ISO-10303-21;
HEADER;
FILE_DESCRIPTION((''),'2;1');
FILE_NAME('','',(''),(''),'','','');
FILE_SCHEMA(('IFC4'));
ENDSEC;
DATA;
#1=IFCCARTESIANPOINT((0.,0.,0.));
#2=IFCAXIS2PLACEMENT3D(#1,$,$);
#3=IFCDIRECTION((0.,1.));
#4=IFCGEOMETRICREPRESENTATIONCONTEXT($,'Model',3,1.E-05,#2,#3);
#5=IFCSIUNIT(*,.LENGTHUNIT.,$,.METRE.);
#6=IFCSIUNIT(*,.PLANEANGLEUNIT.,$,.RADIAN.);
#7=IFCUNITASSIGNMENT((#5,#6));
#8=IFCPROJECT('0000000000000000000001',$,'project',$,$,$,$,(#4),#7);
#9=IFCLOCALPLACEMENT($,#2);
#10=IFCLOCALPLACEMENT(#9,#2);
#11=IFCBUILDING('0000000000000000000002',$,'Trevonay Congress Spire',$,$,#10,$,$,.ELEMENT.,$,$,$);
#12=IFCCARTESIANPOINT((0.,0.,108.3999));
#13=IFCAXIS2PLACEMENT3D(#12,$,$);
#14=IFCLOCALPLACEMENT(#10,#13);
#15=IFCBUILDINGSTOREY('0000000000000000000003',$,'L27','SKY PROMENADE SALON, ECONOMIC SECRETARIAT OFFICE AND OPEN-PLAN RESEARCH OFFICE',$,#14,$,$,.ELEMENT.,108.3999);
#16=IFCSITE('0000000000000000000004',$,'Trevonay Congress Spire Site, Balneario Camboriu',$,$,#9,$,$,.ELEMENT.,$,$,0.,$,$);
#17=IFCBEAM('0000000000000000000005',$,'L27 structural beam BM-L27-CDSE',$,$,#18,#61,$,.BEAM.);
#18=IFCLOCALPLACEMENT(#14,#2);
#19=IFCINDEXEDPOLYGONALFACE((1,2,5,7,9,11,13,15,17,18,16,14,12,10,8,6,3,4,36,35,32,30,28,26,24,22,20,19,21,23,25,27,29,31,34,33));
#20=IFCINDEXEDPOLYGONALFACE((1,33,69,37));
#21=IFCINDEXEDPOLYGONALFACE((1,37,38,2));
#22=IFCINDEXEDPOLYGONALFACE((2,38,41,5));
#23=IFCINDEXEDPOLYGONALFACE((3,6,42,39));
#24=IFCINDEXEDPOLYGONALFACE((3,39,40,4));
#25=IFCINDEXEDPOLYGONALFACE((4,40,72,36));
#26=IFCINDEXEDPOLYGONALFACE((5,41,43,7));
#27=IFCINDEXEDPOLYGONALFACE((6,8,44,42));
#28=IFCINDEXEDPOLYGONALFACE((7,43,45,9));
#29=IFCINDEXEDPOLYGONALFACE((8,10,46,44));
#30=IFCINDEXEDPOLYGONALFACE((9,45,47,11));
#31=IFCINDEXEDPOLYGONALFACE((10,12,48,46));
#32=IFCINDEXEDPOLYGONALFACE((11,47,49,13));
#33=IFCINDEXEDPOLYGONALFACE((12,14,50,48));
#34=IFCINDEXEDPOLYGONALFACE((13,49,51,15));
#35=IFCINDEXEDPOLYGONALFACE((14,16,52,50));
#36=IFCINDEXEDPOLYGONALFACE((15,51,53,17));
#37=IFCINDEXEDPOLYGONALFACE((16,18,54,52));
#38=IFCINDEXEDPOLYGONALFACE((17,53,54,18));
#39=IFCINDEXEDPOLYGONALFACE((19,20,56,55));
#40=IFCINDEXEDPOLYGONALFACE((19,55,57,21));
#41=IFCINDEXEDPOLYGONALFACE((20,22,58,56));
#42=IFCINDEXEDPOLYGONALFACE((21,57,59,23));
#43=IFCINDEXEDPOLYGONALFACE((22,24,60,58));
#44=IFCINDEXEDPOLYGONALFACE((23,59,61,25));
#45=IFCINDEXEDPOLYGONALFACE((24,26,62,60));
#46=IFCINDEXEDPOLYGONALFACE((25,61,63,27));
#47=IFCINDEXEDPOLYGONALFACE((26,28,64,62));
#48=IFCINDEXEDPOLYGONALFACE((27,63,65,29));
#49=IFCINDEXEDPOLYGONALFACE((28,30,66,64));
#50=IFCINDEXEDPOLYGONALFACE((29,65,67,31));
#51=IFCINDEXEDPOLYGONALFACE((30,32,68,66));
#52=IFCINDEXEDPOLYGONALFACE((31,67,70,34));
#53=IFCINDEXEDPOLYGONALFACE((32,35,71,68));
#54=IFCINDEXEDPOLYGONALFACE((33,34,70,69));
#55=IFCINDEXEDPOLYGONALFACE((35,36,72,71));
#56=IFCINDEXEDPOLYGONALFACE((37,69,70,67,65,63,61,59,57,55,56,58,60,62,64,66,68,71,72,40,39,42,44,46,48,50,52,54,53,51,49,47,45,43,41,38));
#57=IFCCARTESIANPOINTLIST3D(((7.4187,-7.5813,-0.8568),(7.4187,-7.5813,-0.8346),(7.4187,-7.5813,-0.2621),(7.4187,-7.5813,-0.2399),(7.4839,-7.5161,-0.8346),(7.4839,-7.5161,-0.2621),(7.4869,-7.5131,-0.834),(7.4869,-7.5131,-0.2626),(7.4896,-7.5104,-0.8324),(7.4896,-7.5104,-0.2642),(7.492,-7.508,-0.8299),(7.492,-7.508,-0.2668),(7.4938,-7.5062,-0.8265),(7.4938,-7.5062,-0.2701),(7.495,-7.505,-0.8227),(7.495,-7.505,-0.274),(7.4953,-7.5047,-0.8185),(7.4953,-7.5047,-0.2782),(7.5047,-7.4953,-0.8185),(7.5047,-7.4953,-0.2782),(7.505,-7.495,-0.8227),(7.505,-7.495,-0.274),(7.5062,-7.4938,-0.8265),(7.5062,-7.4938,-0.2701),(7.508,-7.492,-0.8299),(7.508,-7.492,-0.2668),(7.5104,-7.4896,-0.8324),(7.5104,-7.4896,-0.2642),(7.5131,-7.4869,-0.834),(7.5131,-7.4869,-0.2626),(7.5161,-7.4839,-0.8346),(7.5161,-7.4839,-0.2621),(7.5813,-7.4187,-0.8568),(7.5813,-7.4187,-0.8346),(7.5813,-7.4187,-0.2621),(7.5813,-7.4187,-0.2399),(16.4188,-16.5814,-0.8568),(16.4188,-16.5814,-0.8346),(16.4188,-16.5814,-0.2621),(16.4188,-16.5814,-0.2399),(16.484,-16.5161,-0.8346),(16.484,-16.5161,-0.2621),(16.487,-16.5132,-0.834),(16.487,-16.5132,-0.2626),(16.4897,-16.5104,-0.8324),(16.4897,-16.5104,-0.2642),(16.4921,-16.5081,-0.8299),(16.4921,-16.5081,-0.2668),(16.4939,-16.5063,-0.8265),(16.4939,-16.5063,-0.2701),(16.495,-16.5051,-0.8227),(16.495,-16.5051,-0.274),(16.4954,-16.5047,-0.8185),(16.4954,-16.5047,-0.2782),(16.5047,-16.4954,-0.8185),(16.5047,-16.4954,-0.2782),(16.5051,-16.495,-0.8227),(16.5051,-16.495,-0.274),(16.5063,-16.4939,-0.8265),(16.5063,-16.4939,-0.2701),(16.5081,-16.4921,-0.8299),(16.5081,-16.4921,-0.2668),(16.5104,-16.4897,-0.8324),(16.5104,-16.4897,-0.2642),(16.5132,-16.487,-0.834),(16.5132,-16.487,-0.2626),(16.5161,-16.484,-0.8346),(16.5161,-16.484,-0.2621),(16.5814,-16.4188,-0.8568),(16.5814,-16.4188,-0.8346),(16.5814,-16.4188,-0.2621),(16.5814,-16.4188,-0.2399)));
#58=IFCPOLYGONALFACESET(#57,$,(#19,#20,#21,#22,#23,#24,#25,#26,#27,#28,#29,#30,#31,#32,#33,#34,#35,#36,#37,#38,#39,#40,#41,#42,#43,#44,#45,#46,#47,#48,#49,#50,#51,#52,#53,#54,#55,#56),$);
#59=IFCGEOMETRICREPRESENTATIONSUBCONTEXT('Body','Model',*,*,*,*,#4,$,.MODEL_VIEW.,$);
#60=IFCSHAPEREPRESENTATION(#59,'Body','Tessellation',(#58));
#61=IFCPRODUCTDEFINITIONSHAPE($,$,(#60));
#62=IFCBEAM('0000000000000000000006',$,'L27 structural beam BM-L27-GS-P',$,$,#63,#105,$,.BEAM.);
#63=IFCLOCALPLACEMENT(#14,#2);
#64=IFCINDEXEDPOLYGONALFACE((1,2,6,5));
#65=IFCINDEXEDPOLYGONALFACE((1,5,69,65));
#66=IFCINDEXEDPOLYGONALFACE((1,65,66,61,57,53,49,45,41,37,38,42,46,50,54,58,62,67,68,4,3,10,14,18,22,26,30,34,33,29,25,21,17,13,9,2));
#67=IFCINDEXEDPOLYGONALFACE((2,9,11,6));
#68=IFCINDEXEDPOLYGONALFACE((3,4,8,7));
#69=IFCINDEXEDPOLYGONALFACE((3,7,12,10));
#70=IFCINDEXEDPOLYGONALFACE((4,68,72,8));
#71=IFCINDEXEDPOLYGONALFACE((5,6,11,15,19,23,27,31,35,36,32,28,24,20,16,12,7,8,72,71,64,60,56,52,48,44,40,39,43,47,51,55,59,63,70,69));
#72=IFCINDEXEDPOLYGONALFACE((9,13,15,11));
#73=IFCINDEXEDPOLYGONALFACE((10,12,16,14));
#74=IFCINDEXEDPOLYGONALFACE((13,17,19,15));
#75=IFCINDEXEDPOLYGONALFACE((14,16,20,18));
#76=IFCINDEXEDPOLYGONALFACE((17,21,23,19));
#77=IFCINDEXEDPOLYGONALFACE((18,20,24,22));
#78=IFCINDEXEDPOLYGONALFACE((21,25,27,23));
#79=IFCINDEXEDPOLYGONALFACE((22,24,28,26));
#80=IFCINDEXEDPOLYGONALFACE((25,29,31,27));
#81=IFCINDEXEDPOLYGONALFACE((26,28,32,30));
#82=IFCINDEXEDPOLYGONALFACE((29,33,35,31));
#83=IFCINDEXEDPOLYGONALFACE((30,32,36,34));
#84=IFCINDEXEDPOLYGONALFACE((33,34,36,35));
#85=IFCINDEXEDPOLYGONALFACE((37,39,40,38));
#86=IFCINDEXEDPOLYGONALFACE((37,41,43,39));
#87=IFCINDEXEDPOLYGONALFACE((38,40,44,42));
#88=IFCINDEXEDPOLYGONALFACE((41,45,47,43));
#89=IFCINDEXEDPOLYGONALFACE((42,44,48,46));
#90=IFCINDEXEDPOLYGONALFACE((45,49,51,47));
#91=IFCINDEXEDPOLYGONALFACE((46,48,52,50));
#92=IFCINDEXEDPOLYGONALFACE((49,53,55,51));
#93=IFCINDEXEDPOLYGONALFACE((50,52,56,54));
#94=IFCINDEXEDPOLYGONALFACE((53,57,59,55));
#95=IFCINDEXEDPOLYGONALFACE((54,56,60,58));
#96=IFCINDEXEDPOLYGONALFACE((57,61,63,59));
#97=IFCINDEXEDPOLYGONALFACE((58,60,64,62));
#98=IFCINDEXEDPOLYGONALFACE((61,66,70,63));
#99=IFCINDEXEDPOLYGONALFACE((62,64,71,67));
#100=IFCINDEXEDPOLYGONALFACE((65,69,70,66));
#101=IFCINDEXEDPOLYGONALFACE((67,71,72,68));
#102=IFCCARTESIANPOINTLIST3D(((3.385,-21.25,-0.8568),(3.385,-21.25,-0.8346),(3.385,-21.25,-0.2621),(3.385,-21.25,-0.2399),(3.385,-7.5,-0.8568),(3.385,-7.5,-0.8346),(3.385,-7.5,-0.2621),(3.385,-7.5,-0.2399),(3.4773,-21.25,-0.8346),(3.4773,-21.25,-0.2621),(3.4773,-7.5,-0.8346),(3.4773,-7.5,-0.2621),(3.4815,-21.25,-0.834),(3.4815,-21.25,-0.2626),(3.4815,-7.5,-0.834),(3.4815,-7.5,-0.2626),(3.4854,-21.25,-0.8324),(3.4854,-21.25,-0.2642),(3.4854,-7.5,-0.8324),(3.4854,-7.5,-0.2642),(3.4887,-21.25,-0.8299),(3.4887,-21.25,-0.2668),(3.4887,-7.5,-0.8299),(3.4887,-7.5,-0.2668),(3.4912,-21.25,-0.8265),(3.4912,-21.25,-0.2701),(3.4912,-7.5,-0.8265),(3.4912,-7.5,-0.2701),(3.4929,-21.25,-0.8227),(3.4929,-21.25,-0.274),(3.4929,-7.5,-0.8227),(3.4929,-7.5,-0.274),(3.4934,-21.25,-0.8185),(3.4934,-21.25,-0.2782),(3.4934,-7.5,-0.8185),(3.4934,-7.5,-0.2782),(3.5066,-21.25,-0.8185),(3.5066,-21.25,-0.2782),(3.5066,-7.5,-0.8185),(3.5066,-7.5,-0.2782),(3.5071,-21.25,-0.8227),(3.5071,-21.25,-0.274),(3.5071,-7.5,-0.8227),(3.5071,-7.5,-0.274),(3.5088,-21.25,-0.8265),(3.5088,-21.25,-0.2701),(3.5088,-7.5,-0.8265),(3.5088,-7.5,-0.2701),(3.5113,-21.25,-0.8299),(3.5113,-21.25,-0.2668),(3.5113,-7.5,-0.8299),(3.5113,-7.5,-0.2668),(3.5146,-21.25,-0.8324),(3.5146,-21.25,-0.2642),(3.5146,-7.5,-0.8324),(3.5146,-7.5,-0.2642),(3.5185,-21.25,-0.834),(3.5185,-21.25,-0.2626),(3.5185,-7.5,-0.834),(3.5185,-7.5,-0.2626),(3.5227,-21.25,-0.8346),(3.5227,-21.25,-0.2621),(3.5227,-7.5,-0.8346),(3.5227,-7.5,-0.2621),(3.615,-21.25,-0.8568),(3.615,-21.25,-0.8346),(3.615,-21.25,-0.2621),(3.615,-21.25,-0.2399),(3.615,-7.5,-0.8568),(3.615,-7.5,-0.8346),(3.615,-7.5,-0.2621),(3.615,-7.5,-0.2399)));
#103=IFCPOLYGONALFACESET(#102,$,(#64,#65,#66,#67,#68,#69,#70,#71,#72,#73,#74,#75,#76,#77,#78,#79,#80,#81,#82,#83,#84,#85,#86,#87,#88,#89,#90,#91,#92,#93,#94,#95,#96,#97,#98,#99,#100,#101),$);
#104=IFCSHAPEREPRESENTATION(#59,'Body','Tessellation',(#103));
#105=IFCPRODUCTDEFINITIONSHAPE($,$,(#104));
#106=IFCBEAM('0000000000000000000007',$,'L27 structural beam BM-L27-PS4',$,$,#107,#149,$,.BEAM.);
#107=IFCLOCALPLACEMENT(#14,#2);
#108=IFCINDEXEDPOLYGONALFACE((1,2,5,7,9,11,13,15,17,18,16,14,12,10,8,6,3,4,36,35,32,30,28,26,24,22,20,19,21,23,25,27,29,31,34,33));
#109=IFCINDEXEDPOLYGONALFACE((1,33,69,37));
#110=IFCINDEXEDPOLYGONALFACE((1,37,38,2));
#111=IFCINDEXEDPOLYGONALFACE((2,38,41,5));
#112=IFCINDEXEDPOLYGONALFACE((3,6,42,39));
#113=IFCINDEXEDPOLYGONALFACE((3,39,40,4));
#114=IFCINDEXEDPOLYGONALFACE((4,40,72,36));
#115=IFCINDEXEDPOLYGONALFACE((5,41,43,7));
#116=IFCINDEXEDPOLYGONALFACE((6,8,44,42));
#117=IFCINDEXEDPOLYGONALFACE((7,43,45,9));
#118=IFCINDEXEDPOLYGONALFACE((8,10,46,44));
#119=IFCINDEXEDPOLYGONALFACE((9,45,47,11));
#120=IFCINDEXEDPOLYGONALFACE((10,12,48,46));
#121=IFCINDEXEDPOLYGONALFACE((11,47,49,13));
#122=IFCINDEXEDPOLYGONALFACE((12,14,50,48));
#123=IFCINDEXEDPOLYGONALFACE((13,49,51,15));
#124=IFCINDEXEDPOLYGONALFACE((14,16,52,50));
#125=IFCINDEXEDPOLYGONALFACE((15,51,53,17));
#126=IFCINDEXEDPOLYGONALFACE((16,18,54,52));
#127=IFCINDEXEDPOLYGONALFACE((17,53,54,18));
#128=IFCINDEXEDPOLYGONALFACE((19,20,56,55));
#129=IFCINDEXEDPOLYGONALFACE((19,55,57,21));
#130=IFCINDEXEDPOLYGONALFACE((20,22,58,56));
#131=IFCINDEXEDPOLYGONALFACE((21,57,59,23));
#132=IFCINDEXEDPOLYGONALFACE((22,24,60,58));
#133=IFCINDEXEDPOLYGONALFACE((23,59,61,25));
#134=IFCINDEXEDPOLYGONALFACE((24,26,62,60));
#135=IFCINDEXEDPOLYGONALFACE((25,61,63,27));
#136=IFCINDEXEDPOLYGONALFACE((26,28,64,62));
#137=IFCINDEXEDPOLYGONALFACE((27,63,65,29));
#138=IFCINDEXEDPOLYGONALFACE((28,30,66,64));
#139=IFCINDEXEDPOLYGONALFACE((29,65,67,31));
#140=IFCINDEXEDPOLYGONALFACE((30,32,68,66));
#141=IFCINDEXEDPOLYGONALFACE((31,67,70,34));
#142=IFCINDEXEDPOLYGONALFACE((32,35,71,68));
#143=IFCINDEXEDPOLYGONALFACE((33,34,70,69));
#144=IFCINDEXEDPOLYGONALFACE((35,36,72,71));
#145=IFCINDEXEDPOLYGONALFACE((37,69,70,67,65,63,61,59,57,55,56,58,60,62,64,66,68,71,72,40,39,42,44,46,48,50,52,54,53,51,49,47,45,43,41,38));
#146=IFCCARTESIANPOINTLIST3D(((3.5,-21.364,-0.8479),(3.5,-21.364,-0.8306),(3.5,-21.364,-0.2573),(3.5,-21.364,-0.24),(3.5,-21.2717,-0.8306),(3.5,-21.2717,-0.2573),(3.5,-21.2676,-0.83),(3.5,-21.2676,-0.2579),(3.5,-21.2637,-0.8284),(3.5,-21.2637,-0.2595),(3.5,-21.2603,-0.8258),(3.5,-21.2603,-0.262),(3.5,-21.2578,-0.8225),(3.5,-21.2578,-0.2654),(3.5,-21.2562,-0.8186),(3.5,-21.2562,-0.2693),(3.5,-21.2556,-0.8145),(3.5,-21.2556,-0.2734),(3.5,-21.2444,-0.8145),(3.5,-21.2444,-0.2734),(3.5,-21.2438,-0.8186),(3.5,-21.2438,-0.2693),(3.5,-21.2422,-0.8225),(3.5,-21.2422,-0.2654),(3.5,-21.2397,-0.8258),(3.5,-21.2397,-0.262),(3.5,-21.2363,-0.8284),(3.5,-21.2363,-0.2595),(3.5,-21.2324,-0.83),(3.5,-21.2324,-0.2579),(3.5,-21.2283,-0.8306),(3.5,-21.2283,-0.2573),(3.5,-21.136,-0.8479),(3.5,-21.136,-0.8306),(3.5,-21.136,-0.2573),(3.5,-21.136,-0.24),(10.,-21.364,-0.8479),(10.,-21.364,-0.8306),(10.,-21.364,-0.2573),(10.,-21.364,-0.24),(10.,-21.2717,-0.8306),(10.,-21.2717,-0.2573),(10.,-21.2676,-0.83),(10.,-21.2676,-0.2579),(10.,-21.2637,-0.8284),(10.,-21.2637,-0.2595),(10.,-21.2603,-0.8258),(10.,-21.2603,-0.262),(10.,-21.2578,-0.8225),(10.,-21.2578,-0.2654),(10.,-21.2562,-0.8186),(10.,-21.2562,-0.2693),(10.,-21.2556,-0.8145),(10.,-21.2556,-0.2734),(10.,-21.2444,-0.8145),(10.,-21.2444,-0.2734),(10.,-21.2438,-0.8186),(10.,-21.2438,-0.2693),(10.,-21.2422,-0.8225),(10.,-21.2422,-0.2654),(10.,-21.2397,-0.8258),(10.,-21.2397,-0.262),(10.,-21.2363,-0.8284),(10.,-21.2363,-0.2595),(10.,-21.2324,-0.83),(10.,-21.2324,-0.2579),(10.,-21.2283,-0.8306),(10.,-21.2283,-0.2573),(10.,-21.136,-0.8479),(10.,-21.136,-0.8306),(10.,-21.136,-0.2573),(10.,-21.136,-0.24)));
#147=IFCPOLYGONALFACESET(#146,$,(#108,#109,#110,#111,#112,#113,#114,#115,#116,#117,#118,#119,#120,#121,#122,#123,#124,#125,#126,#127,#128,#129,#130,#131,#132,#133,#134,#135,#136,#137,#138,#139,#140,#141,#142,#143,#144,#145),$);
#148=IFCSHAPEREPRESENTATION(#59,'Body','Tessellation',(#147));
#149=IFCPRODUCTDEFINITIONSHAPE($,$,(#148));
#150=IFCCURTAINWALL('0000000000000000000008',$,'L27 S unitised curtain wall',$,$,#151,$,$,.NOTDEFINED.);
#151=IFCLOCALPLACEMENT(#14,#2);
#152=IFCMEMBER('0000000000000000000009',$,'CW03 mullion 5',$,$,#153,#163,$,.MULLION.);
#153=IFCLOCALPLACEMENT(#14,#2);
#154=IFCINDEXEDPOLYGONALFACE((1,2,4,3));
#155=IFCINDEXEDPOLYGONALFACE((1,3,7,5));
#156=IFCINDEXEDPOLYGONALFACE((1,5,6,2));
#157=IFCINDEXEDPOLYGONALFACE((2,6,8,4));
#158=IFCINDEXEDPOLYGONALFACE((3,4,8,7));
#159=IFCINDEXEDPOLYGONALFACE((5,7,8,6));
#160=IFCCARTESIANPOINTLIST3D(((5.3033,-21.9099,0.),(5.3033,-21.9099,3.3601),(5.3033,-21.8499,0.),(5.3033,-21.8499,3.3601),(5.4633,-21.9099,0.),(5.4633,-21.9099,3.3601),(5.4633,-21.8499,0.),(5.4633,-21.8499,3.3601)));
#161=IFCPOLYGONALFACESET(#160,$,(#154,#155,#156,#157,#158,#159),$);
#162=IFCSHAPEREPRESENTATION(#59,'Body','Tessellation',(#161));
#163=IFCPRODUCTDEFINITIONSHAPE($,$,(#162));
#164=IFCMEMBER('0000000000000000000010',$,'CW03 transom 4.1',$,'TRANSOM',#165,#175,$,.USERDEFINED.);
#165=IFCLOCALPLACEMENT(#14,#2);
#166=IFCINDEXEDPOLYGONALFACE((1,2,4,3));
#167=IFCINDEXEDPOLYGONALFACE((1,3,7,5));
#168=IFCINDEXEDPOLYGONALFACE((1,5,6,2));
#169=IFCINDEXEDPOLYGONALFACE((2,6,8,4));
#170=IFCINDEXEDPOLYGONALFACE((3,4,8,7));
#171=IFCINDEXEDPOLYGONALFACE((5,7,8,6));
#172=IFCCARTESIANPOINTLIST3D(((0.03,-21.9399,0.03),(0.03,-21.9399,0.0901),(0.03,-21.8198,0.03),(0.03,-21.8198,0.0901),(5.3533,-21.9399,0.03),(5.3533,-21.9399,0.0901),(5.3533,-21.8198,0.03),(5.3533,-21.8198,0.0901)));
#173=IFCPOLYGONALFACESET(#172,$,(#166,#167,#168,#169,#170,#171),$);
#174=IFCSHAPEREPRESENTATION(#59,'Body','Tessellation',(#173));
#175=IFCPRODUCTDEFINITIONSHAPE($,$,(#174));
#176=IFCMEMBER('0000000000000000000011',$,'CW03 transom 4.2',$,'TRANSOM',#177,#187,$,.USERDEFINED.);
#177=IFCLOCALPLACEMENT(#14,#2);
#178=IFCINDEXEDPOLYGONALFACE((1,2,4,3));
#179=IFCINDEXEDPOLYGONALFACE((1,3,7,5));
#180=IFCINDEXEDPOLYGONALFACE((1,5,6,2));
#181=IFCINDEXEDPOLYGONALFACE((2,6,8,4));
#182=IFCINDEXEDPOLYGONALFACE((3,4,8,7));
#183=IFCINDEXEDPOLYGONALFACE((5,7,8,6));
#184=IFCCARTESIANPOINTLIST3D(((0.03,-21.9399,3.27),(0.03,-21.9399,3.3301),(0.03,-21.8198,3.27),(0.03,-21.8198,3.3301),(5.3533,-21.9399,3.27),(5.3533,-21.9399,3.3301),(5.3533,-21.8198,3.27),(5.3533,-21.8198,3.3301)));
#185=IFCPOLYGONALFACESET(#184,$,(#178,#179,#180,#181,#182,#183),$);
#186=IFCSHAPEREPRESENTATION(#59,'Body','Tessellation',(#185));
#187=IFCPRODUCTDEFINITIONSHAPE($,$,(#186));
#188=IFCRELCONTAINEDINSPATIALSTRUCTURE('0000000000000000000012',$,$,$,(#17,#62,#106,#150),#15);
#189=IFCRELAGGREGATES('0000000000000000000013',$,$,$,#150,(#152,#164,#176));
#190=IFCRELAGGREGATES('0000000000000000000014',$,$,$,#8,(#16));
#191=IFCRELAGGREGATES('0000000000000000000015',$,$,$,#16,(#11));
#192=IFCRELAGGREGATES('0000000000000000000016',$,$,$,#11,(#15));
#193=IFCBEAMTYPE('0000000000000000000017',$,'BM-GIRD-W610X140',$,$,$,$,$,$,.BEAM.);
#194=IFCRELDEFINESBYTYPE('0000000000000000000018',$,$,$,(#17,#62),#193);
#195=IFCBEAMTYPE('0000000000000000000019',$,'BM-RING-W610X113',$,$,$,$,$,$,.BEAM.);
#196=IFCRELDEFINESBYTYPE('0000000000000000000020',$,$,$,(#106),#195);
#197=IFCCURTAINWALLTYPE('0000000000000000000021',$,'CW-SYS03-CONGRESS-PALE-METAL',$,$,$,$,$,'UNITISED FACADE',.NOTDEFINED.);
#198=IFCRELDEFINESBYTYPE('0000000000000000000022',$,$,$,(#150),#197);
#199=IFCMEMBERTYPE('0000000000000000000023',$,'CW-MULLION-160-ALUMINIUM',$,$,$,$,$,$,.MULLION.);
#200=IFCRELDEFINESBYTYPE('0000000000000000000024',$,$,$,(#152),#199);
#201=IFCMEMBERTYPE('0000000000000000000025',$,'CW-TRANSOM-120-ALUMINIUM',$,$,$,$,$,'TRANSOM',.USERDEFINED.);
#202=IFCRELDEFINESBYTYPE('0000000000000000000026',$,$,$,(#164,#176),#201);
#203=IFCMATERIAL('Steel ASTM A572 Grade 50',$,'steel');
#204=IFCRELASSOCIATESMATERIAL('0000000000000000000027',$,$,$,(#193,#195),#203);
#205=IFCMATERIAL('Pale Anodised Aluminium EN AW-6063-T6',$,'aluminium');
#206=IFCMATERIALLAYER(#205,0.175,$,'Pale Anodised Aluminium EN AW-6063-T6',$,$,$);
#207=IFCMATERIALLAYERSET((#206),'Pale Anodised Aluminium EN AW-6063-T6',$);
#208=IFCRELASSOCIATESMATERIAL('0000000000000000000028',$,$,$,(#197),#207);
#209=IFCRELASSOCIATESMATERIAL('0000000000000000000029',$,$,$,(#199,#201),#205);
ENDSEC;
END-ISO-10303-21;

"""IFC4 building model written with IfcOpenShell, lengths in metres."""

from ifc_helpers import new_model, si_unit, direction, frame, origin, origin_2d, place, context, subcontext, project, spatial, rectangle, i_section, extrude, material, layer, layer_set, material_profile, profile_set, type_object, element, aggregate, save


model = new_model("IFC4")

# Units and contexts
model_context = context("Model", 3, precision=1e-05, world=origin(), true_north=direction((0.0, 1.0)))
body_context = subcontext(model_context, "Body", "Model", "MODEL_VIEW")
ifc_project = project(units=[si_unit("LENGTHUNIT", "METRE"), si_unit("PLANEANGLEUNIT", "RADIAN")], contexts=[model_context])

# Site, building, storey
site_placement = place(None, origin())
site = spatial("IfcSite", under=ifc_project, at=site_placement, Name="Trevonay Congress Spire Site, Balneario Camboriu", CompositionType="ELEMENT", RefElevation=0.0)
building_placement = place(site_placement, origin())
building = spatial("IfcBuilding", under=site, at=building_placement, Name="Trevonay Congress Spire", CompositionType="ELEMENT")
storey_placement = place(building_placement, frame((0.0, 0.0, 108.3999)))
storey = spatial("IfcBuildingStorey", under=building, at=storey_placement, Name="L27", Description="SKY PROMENADE SALON, ECONOMIC SECRETARIAT OFFICE AND OPEN-PLAN RESEARCH OFFICE", CompositionType="ELEMENT", Elevation=108.3999)

# Shared definitions
ifc_material_1 = material(Name="Steel ASTM A572 Grade 50", Category="steel")

# Beams
ifc_material_profile_1 = material_profile(ifc_material_1, i_section(OverallWidth=0.23, OverallDepth=0.6169, WebThickness=0.0132, FlangeThickness=0.0222, FilletRadius=0.0161, at=origin_2d()), Name="W610x140")
ifc_profile_set_1 = profile_set([ifc_material_profile_1], Name="Steel ASTM A572 Grade 50")
beam_type_1 = type_object("IfcBeamType", Name="BM-GIRD-W610X140", PredefinedType="BEAM", material=ifc_profile_set_1)
beam_1_placement = place(storey_placement, frame((7.5, -7.5, -0.5483), z_axis=(0.707107, -0.707107, 0.0), x_axis=(0.707107, 0.707107, 0.0)))
element("IfcBeam", 1, at=beam_1_placement, inside=storey, type_object=beam_type_1, Name="L27 structural beam BM-L27-CDSE", PredefinedType="BEAM", context=body_context, shape_type="SweptSolid", body=[
    extrude(i_section(OverallWidth=0.23, OverallDepth=0.6169, WebThickness=0.0132, FlangeThickness=0.0222, FilletRadius=0.0161, at=origin_2d()), origin(), (0.0, 0.0, 1.0), 12.728),
])
beam_2_placement = place(storey_placement, frame((3.5, -7.5, -0.5483), z_axis=(0.0, -1.0, 0.0), x_axis=(1.0, 0.0, 0.0)))
element("IfcBeam", 2, at=beam_2_placement, inside=storey, type_object=beam_type_1, Name="L27 structural beam BM-L27-GS-P", PredefinedType="BEAM", context=body_context, shape_type="SweptSolid", body=[
    extrude(i_section(OverallWidth=0.23, OverallDepth=0.6169, WebThickness=0.0132, FlangeThickness=0.0222, FilletRadius=0.0161, at=origin_2d()), origin(), (0.0, 0.0, 1.0), 13.75),
])
ifc_material_profile_2 = material_profile(ifc_material_1, i_section(OverallWidth=0.228, OverallDepth=0.6079, WebThickness=0.0112, FlangeThickness=0.0173, FilletRadius=0.0161, at=origin_2d()), Name="W610x113")
ifc_profile_set_2 = profile_set([ifc_material_profile_2], Name="Steel ASTM A572 Grade 50")
beam_type_2 = type_object("IfcBeamType", Name="BM-RING-W610X113", PredefinedType="BEAM", material=ifc_profile_set_2)
beam_3_placement = place(storey_placement, frame((3.5, -21.25, -0.5439), z_axis=(1.0, 0.0, 0.0), x_axis=(0.0, 1.0, 0.0)))
element("IfcBeam", 3, at=beam_3_placement, inside=storey, type_object=beam_type_2, Name="L27 structural beam BM-L27-PS4", PredefinedType="BEAM", context=body_context, shape_type="SweptSolid", body=[
    extrude(i_section(OverallWidth=0.228, OverallDepth=0.6079, WebThickness=0.0112, FlangeThickness=0.0173, FilletRadius=0.0161, at=origin_2d()), origin(), (0.0, 0.0, 1.0), 6.5),
])

# Curtain wall, members
ifc_material_2 = material(Name="Pale Anodised Aluminium EN AW-6063-T6", Category="aluminium")
ifc_layer_1 = layer(ifc_material_2, 0.175, Name="Pale Anodised Aluminium EN AW-6063-T6")
ifc_layer_set_1 = layer_set([ifc_layer_1], Name="Pale Anodised Aluminium EN AW-6063-T6")
curtain_wall_type = type_object("IfcCurtainWallType", Name="CW-SYS03-CONGRESS-PALE-METAL", ElementType="UNITISED FACADE", PredefinedType="NOTDEFINED", material=ifc_layer_set_1)
curtain_wall_placement = place(storey_placement, origin())
curtain_wall = element("IfcCurtainWall", 4, at=curtain_wall_placement, inside=storey, type_object=curtain_wall_type, Name="L27 S unitised curtain wall", PredefinedType="NOTDEFINED")
ifc_material_profile_3 = material_profile(ifc_material_2, rectangle(XDim=0.0601, YDim=0.1599, at=origin_2d()), Name="CW-MULLION-160-ALUMINIUM")
ifc_profile_set_3 = profile_set([ifc_material_profile_3], Name="Pale Anodised Aluminium EN AW-6063-T6")
member_type_1 = type_object("IfcMemberType", Name="CW-MULLION-160-ALUMINIUM", PredefinedType="MULLION", material=ifc_profile_set_3)
member_1_placement = place(storey_placement, frame((5.3833, -21.8799, 0.0), z_axis=(0.0, 0.0, 1.0), x_axis=(0.0, 1.0, 0.0)))
member_1 = element("IfcMember", 5, at=member_1_placement, type_object=member_type_1, Name="CW03 mullion 5", PredefinedType="MULLION", context=body_context, shape_type="SweptSolid", body=[
    extrude(rectangle(XDim=0.0601, YDim=0.1599, at=origin_2d()), origin(), (0.0, 0.0, 1.0), 3.3601),
])
ifc_material_profile_4 = material_profile(ifc_material_2, rectangle(XDim=0.1201, YDim=0.0601, at=origin_2d()), Name="CW-TRANSOM-120-ALUMINIUM")
ifc_profile_set_4 = profile_set([ifc_material_profile_4], Name="Pale Anodised Aluminium EN AW-6063-T6")
member_type_2 = type_object("IfcMemberType", Name="CW-TRANSOM-120-ALUMINIUM", ElementType="TRANSOM", PredefinedType="USERDEFINED", material=ifc_profile_set_4)
member_2_placement = place(storey_placement, frame((0.03, -21.8799, 0.0601), z_axis=(1.0, 0.0, 0.0), x_axis=(0.0, 1.0, 0.0)))
member_2 = element("IfcMember", 6, at=member_2_placement, type_object=member_type_2, Name="CW03 transom 4.1", ObjectType="TRANSOM", PredefinedType="USERDEFINED", context=body_context, shape_type="SweptSolid", body=[
    extrude(rectangle(XDim=0.1201, YDim=0.0601, at=origin_2d()), origin(), (0.0, 0.0, 1.0), 5.3232),
])
member_3_placement = place(storey_placement, frame((0.03, -21.8799, 3.3), z_axis=(1.0, 0.0, 0.0), x_axis=(0.0, 1.0, 0.0)))
member_3 = element("IfcMember", 7, at=member_3_placement, type_object=member_type_2, Name="CW03 transom 4.2", ObjectType="TRANSOM", PredefinedType="USERDEFINED", context=body_context, shape_type="SweptSolid", body=[
    extrude(rectangle(XDim=0.1201, YDim=0.0601, at=origin_2d()), origin(), (0.0, 0.0, 1.0), 5.3232),
])

aggregate(curtain_wall, [member_1, member_2, member_3])

save(model, "model.ifc")
